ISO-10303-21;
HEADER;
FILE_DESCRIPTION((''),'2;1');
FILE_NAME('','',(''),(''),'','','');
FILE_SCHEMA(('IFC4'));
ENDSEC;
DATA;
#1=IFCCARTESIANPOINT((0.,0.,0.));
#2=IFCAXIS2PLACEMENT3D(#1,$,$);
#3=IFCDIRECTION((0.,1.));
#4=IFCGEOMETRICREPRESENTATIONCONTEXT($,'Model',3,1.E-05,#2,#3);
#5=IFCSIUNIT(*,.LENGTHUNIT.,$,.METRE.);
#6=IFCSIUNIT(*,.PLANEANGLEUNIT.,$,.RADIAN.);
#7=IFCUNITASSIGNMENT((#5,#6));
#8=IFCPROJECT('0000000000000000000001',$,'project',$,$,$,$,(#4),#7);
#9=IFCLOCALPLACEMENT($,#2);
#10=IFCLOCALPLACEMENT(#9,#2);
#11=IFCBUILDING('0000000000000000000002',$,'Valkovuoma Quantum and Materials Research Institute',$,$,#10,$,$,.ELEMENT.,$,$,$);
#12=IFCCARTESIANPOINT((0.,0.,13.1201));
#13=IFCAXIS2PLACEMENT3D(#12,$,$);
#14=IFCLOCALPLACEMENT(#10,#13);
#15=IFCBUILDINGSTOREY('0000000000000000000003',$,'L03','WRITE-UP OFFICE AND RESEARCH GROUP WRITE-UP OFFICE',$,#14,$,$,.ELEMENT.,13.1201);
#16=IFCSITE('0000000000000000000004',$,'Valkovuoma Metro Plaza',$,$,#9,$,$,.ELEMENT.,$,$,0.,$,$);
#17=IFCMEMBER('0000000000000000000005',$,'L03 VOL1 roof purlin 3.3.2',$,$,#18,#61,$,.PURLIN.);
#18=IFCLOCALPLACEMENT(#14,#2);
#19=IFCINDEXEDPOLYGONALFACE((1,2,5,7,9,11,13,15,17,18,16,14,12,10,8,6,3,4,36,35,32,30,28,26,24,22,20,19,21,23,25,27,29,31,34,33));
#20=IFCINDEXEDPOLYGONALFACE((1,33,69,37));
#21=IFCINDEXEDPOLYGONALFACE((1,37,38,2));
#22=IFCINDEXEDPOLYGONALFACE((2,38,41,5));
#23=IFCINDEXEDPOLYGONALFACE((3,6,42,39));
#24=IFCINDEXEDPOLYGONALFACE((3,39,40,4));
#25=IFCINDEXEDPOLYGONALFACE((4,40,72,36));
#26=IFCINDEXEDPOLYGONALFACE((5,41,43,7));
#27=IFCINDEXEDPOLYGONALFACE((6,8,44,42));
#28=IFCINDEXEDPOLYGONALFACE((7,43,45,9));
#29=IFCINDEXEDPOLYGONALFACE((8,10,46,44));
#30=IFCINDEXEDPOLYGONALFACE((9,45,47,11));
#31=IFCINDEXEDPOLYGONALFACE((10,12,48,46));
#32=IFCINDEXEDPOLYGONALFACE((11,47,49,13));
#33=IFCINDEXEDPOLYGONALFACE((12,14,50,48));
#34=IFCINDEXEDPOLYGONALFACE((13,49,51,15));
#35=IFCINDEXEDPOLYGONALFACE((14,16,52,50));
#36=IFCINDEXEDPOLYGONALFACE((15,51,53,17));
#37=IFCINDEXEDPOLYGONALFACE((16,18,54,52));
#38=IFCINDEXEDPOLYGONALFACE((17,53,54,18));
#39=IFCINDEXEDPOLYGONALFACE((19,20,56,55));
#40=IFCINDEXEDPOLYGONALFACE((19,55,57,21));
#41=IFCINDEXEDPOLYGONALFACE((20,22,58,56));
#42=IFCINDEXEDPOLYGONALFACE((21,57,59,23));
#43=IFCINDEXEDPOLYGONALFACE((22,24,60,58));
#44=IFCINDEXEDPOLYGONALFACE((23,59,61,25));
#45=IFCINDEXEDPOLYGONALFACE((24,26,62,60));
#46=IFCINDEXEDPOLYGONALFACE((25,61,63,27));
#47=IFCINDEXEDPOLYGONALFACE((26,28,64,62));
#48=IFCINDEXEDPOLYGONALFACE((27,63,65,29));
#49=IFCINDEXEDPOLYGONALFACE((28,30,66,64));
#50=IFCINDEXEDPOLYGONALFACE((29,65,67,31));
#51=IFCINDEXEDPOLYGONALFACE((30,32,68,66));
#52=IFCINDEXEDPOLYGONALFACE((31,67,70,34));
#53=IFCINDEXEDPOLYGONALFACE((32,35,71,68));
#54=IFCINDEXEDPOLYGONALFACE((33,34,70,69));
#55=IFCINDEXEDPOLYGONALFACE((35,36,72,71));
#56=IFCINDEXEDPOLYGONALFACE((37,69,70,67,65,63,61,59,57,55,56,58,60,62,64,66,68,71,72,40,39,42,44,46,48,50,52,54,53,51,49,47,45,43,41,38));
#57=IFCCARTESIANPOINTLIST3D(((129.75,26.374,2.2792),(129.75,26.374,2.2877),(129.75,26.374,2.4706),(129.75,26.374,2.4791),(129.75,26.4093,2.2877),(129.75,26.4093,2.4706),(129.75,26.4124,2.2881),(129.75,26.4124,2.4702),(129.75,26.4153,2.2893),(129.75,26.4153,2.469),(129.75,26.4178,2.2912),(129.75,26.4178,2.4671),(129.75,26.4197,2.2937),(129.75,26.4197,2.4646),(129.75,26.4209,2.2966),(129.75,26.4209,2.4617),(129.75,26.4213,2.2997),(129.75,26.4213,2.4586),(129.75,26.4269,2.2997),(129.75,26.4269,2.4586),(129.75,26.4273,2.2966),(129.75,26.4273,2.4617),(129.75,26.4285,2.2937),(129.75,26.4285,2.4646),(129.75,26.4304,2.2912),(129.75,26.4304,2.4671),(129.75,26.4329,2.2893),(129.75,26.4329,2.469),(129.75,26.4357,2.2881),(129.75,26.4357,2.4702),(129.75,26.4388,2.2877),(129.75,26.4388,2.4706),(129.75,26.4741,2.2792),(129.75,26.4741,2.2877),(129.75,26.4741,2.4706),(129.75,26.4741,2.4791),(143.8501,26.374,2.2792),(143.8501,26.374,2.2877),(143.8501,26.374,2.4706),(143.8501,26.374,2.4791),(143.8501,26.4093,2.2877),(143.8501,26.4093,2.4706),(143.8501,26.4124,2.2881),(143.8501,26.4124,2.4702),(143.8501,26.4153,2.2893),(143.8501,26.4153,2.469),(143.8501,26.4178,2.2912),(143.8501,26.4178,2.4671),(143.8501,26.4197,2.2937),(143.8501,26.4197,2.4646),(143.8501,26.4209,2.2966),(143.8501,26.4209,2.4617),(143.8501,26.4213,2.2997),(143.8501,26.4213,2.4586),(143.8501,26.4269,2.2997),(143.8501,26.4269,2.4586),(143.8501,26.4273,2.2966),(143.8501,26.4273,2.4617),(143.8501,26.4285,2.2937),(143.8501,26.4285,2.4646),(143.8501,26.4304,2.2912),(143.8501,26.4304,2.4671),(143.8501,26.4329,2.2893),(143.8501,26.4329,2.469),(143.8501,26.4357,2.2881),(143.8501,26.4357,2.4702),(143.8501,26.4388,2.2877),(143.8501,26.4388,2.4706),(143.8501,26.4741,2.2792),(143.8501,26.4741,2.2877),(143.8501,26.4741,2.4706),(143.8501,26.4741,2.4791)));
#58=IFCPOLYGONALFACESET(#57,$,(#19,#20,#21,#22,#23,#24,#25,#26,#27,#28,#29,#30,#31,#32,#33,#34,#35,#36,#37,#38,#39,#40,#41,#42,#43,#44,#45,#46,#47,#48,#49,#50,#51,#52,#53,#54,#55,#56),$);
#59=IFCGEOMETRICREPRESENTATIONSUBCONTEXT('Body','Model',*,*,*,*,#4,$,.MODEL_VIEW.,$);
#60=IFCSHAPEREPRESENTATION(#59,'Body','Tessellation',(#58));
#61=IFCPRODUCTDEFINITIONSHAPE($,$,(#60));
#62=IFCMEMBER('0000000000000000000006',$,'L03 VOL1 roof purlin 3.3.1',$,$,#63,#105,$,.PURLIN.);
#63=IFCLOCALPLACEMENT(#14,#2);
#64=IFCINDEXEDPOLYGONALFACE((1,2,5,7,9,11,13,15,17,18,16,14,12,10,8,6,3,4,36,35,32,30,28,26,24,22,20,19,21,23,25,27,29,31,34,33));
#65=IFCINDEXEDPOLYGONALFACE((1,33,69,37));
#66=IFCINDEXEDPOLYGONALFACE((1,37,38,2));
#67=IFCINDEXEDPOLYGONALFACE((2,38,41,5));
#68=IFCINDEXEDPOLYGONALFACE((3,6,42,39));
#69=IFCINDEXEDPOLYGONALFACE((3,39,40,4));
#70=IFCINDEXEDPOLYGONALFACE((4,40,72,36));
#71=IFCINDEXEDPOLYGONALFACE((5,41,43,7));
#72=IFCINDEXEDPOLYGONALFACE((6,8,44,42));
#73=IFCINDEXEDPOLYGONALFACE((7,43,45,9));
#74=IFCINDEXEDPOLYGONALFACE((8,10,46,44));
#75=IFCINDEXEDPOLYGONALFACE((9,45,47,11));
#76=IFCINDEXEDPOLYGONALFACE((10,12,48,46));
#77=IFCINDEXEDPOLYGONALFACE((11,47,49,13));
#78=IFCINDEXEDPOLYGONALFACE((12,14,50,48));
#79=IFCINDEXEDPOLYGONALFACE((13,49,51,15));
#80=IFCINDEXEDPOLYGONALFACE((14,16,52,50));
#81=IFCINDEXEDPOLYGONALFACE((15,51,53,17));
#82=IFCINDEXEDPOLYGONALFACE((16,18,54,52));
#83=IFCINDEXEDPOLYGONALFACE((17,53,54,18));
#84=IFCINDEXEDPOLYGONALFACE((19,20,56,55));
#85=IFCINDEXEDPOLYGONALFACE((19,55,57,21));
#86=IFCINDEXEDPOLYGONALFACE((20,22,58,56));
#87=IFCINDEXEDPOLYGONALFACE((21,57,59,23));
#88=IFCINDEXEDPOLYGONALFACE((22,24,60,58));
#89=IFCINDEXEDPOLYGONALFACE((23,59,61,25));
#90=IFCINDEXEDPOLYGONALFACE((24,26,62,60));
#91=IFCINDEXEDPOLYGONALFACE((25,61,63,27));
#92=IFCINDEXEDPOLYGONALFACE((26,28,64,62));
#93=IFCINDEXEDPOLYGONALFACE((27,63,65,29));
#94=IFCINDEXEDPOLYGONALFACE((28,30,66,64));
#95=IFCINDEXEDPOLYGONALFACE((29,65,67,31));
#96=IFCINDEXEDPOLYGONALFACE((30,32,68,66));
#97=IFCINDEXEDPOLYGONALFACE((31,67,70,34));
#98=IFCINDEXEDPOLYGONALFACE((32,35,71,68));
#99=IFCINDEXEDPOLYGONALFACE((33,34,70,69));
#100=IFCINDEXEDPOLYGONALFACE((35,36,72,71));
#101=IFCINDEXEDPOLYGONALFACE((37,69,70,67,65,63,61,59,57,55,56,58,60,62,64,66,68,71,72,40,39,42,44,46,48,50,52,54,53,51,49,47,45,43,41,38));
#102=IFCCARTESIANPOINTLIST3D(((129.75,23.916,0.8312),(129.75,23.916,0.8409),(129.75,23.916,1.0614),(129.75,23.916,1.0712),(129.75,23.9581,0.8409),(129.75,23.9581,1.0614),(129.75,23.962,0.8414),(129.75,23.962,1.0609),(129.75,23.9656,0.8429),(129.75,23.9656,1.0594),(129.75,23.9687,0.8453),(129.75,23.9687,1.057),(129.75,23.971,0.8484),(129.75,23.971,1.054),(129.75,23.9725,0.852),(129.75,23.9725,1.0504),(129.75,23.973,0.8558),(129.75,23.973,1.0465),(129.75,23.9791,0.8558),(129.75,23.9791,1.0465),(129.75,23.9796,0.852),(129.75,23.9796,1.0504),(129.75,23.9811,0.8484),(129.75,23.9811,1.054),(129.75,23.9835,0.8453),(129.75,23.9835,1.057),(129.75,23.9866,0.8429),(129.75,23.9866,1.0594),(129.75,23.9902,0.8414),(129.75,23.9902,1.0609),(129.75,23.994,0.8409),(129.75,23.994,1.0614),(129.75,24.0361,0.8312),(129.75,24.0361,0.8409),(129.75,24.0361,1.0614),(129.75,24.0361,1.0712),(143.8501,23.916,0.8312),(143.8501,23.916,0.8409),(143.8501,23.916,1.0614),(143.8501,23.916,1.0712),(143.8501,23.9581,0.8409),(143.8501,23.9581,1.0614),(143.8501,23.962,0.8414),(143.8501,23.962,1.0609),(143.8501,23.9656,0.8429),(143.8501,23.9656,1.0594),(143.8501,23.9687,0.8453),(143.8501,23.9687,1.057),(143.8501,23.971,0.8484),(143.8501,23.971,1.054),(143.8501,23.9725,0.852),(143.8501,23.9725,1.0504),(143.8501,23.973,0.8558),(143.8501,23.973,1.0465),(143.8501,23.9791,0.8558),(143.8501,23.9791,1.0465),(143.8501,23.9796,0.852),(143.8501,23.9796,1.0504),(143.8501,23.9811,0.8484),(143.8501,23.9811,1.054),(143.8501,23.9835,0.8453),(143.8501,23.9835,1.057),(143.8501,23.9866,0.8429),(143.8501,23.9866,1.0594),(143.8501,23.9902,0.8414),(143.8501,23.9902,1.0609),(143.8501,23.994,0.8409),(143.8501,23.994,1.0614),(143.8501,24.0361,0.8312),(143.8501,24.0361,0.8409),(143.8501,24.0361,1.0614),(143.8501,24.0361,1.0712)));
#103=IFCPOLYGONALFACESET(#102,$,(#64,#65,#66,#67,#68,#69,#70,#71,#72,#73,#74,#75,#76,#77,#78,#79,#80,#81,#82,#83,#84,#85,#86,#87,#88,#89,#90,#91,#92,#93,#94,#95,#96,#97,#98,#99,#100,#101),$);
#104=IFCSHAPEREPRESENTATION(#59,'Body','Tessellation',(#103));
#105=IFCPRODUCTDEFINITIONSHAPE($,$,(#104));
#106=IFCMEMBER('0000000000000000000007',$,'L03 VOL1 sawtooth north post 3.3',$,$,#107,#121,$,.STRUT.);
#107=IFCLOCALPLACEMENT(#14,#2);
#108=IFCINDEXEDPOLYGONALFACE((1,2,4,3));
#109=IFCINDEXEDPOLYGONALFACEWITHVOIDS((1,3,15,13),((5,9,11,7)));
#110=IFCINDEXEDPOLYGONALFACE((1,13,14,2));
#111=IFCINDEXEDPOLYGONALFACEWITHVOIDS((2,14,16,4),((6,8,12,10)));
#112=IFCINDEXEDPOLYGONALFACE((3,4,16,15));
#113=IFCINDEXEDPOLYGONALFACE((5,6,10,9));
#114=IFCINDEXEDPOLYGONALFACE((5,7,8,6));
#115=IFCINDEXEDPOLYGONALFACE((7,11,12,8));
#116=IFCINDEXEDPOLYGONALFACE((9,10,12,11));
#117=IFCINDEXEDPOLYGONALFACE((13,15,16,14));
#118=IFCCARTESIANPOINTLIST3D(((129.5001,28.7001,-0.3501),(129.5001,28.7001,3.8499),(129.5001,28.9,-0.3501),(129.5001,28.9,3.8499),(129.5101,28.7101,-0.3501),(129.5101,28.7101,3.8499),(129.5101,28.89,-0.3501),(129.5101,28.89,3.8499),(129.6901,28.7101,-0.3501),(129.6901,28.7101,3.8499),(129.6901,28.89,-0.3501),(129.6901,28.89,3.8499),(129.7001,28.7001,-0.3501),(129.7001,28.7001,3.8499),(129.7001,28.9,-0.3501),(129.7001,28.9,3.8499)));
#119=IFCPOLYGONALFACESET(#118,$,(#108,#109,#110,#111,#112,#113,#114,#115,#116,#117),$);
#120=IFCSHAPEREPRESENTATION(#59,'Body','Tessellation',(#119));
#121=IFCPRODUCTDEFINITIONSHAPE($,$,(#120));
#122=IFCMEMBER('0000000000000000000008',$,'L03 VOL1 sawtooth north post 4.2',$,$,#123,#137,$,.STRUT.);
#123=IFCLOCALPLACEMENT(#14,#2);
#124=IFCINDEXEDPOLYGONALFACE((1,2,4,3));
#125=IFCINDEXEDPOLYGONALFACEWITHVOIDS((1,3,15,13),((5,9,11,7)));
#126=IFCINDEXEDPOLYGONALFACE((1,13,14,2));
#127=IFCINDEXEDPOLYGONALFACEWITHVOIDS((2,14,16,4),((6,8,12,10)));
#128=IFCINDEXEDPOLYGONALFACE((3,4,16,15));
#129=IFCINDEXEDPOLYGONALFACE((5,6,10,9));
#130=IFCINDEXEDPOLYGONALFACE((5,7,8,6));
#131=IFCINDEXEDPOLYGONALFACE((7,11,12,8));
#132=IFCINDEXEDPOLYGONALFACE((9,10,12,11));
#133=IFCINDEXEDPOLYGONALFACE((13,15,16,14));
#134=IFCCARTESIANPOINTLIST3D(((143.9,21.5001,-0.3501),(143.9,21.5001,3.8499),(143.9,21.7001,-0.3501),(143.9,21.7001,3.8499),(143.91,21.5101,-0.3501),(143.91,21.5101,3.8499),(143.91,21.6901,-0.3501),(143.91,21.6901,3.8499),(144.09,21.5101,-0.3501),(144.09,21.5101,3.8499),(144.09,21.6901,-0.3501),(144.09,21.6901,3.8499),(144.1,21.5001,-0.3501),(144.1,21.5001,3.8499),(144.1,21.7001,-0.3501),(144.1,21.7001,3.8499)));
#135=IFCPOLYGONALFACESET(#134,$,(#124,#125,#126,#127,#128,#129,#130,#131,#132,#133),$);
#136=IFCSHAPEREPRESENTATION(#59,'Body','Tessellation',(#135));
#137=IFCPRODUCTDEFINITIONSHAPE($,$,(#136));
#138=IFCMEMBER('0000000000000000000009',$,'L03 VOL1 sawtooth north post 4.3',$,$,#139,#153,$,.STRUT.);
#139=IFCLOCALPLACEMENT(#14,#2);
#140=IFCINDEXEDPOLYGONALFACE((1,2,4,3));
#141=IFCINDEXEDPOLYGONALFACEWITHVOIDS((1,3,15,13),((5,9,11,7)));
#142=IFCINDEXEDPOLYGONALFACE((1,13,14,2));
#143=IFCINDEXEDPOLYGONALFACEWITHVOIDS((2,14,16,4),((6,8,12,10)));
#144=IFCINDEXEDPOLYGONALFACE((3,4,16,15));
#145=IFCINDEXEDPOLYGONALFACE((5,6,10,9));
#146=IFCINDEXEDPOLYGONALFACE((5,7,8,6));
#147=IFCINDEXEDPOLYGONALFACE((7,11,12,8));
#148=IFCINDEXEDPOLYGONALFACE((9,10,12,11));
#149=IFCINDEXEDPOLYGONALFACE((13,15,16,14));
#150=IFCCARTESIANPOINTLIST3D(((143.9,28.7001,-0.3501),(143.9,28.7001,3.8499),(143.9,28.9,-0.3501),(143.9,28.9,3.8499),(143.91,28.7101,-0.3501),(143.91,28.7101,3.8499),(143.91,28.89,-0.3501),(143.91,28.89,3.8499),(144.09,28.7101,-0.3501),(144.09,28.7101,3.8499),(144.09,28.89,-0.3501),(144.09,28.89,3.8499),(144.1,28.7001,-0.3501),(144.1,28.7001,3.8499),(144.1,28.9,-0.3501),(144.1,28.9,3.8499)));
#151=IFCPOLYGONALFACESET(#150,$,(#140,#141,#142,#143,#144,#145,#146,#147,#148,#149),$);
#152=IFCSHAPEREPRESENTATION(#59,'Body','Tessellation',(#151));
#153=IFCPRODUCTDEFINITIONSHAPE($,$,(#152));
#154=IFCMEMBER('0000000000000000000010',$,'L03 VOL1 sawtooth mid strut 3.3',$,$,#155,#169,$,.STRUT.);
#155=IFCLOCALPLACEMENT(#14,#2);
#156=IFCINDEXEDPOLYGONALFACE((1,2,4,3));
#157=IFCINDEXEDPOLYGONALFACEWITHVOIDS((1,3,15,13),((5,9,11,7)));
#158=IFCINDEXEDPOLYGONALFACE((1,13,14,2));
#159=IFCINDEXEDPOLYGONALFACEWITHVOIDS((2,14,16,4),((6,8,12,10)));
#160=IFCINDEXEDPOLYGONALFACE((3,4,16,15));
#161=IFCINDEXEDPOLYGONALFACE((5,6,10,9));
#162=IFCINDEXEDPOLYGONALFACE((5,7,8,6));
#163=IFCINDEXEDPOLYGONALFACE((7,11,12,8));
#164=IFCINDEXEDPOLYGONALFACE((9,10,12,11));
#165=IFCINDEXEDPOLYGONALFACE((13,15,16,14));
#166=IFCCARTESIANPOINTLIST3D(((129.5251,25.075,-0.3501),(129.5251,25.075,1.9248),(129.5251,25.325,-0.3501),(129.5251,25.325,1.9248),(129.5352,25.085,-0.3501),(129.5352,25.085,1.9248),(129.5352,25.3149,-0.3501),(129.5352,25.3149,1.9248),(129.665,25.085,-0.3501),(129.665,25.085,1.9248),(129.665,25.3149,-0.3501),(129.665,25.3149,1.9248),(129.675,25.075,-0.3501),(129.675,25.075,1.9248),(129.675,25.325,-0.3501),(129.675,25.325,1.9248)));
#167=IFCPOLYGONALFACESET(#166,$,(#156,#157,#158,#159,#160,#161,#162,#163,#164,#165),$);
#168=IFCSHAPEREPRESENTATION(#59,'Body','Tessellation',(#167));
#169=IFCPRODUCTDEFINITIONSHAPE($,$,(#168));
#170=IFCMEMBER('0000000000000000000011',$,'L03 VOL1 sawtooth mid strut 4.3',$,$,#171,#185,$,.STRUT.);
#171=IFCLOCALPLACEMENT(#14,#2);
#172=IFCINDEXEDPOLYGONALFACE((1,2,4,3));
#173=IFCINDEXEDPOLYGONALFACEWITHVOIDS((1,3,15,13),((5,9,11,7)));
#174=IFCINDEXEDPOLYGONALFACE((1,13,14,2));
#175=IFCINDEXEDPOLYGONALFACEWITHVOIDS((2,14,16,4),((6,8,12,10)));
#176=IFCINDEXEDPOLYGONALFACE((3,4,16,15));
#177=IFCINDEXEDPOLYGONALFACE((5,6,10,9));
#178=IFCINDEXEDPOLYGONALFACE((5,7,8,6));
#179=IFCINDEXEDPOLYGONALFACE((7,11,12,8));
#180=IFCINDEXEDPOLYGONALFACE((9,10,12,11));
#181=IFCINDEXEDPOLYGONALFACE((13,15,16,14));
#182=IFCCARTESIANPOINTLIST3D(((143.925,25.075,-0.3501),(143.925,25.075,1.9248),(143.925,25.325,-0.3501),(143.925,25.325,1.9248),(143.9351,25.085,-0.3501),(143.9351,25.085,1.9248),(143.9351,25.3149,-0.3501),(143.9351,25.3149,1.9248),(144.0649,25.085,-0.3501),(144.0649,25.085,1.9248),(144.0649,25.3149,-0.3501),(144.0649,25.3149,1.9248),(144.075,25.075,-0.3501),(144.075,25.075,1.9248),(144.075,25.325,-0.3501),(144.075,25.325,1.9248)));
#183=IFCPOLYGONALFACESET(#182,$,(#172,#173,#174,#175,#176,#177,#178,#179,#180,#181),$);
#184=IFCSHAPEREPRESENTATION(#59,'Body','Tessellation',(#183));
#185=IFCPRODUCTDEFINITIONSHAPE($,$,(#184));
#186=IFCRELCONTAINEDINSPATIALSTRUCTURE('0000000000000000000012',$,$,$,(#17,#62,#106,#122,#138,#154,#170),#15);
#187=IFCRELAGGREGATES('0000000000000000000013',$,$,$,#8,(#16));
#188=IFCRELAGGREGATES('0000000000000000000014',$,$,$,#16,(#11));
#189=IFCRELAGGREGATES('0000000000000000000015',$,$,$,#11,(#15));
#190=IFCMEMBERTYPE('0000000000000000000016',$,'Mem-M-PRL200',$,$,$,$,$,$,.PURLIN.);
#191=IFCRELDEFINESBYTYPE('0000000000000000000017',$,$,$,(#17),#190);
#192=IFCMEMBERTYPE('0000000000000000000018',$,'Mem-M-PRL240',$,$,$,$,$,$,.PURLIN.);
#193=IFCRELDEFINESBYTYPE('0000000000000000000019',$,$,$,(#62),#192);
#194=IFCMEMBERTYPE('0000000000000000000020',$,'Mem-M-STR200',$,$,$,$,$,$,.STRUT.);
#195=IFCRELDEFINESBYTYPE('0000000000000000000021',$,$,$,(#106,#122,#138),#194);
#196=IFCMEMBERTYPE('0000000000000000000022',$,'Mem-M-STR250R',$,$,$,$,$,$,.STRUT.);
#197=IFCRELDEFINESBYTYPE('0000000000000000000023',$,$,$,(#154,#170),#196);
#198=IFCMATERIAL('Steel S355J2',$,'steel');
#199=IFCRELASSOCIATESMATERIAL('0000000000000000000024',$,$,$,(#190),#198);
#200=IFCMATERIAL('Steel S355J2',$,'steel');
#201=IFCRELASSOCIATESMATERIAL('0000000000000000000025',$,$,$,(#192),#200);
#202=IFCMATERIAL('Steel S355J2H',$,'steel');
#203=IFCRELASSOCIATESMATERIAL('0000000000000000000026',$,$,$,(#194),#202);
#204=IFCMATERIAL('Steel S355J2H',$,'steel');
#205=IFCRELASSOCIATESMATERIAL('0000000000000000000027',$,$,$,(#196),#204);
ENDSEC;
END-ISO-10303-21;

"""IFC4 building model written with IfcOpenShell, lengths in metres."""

from ifc_helpers import new_model, si_unit, direction, frame, origin, origin_2d, place, context, subcontext, project, spatial, hollow_rectangle, i_section, extrude, material, material_profile, profile_set, type_object, element, save


model = new_model("IFC4")

# Units and contexts
model_context = context("Model", 3, precision=1e-05, world=origin(), true_north=direction((0.0, 1.0)))
body_context = subcontext(model_context, "Body", "Model", "MODEL_VIEW")
ifc_project = project(units=[si_unit("LENGTHUNIT", "METRE"), si_unit("PLANEANGLEUNIT", "RADIAN")], contexts=[model_context])

# Site, building, storey
site_placement = place(None, origin())
site = spatial("IfcSite", under=ifc_project, at=site_placement, Name="Valkovuoma Metro Plaza", CompositionType="ELEMENT", RefElevation=0.0)
building_placement = place(site_placement, origin())
building = spatial("IfcBuilding", under=site, at=building_placement, Name="Valkovuoma Quantum and Materials Research Institute", CompositionType="ELEMENT")
storey_placement = place(building_placement, frame((0.0, 0.0, 13.1201)))
storey = spatial("IfcBuildingStorey", under=building, at=storey_placement, Name="L03", Description="WRITE-UP OFFICE AND RESEARCH GROUP WRITE-UP OFFICE", CompositionType="ELEMENT", Elevation=13.1201)

# Members
ifc_material_1 = material(Name="Steel S355J2", Category="steel")
ifc_material_profile_1 = material_profile(ifc_material_1, i_section(OverallWidth=0.1001, OverallDepth=0.2, WebThickness=0.0056, FlangeThickness=0.0085, FilletRadius=0.012, at=origin_2d()), Name="Steel S355J2")
ifc_profile_set_1 = profile_set([ifc_material_profile_1], Name="Steel S355J2")
member_type_1 = type_object("IfcMemberType", Name="Mem-M-PRL200", PredefinedType="PURLIN", material=ifc_profile_set_1)
member_1_placement = place(storey_placement, frame((129.75, 26.4241, 2.3792), z_axis=(1.0, 0.0, 0.0), x_axis=(0.0, 1.0, 0.0)))
element("IfcMember", 1, at=member_1_placement, inside=storey, type_object=member_type_1, Name="L03 VOL1 roof purlin 3.3.2", PredefinedType="PURLIN", context=body_context, shape_type="SweptSolid", body=[
    extrude(i_section(OverallWidth=0.1001, OverallDepth=0.2, WebThickness=0.0056, FlangeThickness=0.0085, FilletRadius=0.012, at=origin_2d()), origin(), (0.0, 0.0, 1.0), 14.1001),
])
ifc_material_2 = material(Name="Steel S355J2", Category="steel")
ifc_material_profile_2 = material_profile(ifc_material_2, i_section(OverallWidth=0.1201, OverallDepth=0.24, WebThickness=0.0061, FlangeThickness=0.0098, FilletRadius=0.0149, at=origin_2d()), Name="Steel S355J2")
ifc_profile_set_2 = profile_set([ifc_material_profile_2], Name="Steel S355J2")
member_type_2 = type_object("IfcMemberType", Name="Mem-M-PRL240", PredefinedType="PURLIN", material=ifc_profile_set_2)
member_2_placement = place(storey_placement, frame((129.75, 23.9761, 0.9512), z_axis=(1.0, 0.0, 0.0), x_axis=(0.0, 1.0, 0.0)))
element("IfcMember", 2, at=member_2_placement, inside=storey, type_object=member_type_2, Name="L03 VOL1 roof purlin 3.3.1", PredefinedType="PURLIN", context=body_context, shape_type="SweptSolid", body=[
    extrude(i_section(OverallWidth=0.1201, OverallDepth=0.24, WebThickness=0.0061, FlangeThickness=0.0098, FilletRadius=0.0149, at=origin_2d()), origin(), (0.0, 0.0, 1.0), 14.1001),
])
ifc_material_3 = material(Name="Steel S355J2H", Category="steel")
ifc_material_profile_3 = material_profile(ifc_material_3, hollow_rectangle(XDim=0.2, YDim=0.2, WallThickness=0.01, at=origin_2d()), Name="Steel S355J2H")
ifc_profile_set_3 = profile_set([ifc_material_profile_3], Name="Steel S355J2H")
member_type_3 = type_object("IfcMemberType", Name="Mem-M-STR200", PredefinedType="STRUT", material=ifc_profile_set_3)
for number, where, z_axis, x_axis, name in (
    (3, (129.6001, 28.8, -0.3501), (0.0, 0.0, 1.0), (1.0, 0.0, 0.0), "L03 VOL1 sawtooth north post 3.3"),
    (4, (144.0, 21.6001, -0.3501), (0.0, 0.0, 1.0), (1.0, 0.0, 0.0), "L03 VOL1 sawtooth north post 4.2"),
    (5, (144.0, 28.8, -0.3501), (0.0, 0.0, 1.0), (1.0, 0.0, 0.0), "L03 VOL1 sawtooth north post 4.3"),
):
    element("IfcMember", number, at=place(storey_placement, frame(where, z_axis=z_axis, x_axis=x_axis)), inside=storey, type_object=member_type_3, Name=name, PredefinedType="STRUT", context=body_context, shape_type="SweptSolid", body=[
        extrude(hollow_rectangle(XDim=0.2, YDim=0.2, WallThickness=0.01, at=origin_2d()), origin(), (0.0, 0.0, 1.0), 4.2),
    ])
ifc_material_4 = material(Name="Steel S355J2H", Category="steel")
ifc_material_profile_4 = material_profile(ifc_material_4, hollow_rectangle(XDim=0.1499, YDim=0.25, WallThickness=0.01, at=origin_2d()), Name="Steel S355J2H")
ifc_profile_set_4 = profile_set([ifc_material_profile_4], Name="Steel S355J2H")
member_type_4 = type_object("IfcMemberType", Name="Mem-M-STR250R", PredefinedType="STRUT", material=ifc_profile_set_4)
for number, where, z_axis, x_axis, name in (
    (6, (129.6001, 25.2, -0.3501), (0.0, 0.0, 1.0), (1.0, 0.0, 0.0), "L03 VOL1 sawtooth mid strut 3.3"),
    (7, (144.0, 25.2, -0.3501), (0.0, 0.0, 1.0), (1.0, 0.0, 0.0), "L03 VOL1 sawtooth mid strut 4.3"),
):
    element("IfcMember", number, at=place(storey_placement, frame(where, z_axis=z_axis, x_axis=x_axis)), inside=storey, type_object=member_type_4, Name=name, PredefinedType="STRUT", context=body_context, shape_type="SweptSolid", body=[
        extrude(hollow_rectangle(XDim=0.1499, YDim=0.25, WallThickness=0.01, at=origin_2d()), origin(), (0.0, 0.0, 1.0), 2.2749),
    ])

save(model, "model.ifc")
